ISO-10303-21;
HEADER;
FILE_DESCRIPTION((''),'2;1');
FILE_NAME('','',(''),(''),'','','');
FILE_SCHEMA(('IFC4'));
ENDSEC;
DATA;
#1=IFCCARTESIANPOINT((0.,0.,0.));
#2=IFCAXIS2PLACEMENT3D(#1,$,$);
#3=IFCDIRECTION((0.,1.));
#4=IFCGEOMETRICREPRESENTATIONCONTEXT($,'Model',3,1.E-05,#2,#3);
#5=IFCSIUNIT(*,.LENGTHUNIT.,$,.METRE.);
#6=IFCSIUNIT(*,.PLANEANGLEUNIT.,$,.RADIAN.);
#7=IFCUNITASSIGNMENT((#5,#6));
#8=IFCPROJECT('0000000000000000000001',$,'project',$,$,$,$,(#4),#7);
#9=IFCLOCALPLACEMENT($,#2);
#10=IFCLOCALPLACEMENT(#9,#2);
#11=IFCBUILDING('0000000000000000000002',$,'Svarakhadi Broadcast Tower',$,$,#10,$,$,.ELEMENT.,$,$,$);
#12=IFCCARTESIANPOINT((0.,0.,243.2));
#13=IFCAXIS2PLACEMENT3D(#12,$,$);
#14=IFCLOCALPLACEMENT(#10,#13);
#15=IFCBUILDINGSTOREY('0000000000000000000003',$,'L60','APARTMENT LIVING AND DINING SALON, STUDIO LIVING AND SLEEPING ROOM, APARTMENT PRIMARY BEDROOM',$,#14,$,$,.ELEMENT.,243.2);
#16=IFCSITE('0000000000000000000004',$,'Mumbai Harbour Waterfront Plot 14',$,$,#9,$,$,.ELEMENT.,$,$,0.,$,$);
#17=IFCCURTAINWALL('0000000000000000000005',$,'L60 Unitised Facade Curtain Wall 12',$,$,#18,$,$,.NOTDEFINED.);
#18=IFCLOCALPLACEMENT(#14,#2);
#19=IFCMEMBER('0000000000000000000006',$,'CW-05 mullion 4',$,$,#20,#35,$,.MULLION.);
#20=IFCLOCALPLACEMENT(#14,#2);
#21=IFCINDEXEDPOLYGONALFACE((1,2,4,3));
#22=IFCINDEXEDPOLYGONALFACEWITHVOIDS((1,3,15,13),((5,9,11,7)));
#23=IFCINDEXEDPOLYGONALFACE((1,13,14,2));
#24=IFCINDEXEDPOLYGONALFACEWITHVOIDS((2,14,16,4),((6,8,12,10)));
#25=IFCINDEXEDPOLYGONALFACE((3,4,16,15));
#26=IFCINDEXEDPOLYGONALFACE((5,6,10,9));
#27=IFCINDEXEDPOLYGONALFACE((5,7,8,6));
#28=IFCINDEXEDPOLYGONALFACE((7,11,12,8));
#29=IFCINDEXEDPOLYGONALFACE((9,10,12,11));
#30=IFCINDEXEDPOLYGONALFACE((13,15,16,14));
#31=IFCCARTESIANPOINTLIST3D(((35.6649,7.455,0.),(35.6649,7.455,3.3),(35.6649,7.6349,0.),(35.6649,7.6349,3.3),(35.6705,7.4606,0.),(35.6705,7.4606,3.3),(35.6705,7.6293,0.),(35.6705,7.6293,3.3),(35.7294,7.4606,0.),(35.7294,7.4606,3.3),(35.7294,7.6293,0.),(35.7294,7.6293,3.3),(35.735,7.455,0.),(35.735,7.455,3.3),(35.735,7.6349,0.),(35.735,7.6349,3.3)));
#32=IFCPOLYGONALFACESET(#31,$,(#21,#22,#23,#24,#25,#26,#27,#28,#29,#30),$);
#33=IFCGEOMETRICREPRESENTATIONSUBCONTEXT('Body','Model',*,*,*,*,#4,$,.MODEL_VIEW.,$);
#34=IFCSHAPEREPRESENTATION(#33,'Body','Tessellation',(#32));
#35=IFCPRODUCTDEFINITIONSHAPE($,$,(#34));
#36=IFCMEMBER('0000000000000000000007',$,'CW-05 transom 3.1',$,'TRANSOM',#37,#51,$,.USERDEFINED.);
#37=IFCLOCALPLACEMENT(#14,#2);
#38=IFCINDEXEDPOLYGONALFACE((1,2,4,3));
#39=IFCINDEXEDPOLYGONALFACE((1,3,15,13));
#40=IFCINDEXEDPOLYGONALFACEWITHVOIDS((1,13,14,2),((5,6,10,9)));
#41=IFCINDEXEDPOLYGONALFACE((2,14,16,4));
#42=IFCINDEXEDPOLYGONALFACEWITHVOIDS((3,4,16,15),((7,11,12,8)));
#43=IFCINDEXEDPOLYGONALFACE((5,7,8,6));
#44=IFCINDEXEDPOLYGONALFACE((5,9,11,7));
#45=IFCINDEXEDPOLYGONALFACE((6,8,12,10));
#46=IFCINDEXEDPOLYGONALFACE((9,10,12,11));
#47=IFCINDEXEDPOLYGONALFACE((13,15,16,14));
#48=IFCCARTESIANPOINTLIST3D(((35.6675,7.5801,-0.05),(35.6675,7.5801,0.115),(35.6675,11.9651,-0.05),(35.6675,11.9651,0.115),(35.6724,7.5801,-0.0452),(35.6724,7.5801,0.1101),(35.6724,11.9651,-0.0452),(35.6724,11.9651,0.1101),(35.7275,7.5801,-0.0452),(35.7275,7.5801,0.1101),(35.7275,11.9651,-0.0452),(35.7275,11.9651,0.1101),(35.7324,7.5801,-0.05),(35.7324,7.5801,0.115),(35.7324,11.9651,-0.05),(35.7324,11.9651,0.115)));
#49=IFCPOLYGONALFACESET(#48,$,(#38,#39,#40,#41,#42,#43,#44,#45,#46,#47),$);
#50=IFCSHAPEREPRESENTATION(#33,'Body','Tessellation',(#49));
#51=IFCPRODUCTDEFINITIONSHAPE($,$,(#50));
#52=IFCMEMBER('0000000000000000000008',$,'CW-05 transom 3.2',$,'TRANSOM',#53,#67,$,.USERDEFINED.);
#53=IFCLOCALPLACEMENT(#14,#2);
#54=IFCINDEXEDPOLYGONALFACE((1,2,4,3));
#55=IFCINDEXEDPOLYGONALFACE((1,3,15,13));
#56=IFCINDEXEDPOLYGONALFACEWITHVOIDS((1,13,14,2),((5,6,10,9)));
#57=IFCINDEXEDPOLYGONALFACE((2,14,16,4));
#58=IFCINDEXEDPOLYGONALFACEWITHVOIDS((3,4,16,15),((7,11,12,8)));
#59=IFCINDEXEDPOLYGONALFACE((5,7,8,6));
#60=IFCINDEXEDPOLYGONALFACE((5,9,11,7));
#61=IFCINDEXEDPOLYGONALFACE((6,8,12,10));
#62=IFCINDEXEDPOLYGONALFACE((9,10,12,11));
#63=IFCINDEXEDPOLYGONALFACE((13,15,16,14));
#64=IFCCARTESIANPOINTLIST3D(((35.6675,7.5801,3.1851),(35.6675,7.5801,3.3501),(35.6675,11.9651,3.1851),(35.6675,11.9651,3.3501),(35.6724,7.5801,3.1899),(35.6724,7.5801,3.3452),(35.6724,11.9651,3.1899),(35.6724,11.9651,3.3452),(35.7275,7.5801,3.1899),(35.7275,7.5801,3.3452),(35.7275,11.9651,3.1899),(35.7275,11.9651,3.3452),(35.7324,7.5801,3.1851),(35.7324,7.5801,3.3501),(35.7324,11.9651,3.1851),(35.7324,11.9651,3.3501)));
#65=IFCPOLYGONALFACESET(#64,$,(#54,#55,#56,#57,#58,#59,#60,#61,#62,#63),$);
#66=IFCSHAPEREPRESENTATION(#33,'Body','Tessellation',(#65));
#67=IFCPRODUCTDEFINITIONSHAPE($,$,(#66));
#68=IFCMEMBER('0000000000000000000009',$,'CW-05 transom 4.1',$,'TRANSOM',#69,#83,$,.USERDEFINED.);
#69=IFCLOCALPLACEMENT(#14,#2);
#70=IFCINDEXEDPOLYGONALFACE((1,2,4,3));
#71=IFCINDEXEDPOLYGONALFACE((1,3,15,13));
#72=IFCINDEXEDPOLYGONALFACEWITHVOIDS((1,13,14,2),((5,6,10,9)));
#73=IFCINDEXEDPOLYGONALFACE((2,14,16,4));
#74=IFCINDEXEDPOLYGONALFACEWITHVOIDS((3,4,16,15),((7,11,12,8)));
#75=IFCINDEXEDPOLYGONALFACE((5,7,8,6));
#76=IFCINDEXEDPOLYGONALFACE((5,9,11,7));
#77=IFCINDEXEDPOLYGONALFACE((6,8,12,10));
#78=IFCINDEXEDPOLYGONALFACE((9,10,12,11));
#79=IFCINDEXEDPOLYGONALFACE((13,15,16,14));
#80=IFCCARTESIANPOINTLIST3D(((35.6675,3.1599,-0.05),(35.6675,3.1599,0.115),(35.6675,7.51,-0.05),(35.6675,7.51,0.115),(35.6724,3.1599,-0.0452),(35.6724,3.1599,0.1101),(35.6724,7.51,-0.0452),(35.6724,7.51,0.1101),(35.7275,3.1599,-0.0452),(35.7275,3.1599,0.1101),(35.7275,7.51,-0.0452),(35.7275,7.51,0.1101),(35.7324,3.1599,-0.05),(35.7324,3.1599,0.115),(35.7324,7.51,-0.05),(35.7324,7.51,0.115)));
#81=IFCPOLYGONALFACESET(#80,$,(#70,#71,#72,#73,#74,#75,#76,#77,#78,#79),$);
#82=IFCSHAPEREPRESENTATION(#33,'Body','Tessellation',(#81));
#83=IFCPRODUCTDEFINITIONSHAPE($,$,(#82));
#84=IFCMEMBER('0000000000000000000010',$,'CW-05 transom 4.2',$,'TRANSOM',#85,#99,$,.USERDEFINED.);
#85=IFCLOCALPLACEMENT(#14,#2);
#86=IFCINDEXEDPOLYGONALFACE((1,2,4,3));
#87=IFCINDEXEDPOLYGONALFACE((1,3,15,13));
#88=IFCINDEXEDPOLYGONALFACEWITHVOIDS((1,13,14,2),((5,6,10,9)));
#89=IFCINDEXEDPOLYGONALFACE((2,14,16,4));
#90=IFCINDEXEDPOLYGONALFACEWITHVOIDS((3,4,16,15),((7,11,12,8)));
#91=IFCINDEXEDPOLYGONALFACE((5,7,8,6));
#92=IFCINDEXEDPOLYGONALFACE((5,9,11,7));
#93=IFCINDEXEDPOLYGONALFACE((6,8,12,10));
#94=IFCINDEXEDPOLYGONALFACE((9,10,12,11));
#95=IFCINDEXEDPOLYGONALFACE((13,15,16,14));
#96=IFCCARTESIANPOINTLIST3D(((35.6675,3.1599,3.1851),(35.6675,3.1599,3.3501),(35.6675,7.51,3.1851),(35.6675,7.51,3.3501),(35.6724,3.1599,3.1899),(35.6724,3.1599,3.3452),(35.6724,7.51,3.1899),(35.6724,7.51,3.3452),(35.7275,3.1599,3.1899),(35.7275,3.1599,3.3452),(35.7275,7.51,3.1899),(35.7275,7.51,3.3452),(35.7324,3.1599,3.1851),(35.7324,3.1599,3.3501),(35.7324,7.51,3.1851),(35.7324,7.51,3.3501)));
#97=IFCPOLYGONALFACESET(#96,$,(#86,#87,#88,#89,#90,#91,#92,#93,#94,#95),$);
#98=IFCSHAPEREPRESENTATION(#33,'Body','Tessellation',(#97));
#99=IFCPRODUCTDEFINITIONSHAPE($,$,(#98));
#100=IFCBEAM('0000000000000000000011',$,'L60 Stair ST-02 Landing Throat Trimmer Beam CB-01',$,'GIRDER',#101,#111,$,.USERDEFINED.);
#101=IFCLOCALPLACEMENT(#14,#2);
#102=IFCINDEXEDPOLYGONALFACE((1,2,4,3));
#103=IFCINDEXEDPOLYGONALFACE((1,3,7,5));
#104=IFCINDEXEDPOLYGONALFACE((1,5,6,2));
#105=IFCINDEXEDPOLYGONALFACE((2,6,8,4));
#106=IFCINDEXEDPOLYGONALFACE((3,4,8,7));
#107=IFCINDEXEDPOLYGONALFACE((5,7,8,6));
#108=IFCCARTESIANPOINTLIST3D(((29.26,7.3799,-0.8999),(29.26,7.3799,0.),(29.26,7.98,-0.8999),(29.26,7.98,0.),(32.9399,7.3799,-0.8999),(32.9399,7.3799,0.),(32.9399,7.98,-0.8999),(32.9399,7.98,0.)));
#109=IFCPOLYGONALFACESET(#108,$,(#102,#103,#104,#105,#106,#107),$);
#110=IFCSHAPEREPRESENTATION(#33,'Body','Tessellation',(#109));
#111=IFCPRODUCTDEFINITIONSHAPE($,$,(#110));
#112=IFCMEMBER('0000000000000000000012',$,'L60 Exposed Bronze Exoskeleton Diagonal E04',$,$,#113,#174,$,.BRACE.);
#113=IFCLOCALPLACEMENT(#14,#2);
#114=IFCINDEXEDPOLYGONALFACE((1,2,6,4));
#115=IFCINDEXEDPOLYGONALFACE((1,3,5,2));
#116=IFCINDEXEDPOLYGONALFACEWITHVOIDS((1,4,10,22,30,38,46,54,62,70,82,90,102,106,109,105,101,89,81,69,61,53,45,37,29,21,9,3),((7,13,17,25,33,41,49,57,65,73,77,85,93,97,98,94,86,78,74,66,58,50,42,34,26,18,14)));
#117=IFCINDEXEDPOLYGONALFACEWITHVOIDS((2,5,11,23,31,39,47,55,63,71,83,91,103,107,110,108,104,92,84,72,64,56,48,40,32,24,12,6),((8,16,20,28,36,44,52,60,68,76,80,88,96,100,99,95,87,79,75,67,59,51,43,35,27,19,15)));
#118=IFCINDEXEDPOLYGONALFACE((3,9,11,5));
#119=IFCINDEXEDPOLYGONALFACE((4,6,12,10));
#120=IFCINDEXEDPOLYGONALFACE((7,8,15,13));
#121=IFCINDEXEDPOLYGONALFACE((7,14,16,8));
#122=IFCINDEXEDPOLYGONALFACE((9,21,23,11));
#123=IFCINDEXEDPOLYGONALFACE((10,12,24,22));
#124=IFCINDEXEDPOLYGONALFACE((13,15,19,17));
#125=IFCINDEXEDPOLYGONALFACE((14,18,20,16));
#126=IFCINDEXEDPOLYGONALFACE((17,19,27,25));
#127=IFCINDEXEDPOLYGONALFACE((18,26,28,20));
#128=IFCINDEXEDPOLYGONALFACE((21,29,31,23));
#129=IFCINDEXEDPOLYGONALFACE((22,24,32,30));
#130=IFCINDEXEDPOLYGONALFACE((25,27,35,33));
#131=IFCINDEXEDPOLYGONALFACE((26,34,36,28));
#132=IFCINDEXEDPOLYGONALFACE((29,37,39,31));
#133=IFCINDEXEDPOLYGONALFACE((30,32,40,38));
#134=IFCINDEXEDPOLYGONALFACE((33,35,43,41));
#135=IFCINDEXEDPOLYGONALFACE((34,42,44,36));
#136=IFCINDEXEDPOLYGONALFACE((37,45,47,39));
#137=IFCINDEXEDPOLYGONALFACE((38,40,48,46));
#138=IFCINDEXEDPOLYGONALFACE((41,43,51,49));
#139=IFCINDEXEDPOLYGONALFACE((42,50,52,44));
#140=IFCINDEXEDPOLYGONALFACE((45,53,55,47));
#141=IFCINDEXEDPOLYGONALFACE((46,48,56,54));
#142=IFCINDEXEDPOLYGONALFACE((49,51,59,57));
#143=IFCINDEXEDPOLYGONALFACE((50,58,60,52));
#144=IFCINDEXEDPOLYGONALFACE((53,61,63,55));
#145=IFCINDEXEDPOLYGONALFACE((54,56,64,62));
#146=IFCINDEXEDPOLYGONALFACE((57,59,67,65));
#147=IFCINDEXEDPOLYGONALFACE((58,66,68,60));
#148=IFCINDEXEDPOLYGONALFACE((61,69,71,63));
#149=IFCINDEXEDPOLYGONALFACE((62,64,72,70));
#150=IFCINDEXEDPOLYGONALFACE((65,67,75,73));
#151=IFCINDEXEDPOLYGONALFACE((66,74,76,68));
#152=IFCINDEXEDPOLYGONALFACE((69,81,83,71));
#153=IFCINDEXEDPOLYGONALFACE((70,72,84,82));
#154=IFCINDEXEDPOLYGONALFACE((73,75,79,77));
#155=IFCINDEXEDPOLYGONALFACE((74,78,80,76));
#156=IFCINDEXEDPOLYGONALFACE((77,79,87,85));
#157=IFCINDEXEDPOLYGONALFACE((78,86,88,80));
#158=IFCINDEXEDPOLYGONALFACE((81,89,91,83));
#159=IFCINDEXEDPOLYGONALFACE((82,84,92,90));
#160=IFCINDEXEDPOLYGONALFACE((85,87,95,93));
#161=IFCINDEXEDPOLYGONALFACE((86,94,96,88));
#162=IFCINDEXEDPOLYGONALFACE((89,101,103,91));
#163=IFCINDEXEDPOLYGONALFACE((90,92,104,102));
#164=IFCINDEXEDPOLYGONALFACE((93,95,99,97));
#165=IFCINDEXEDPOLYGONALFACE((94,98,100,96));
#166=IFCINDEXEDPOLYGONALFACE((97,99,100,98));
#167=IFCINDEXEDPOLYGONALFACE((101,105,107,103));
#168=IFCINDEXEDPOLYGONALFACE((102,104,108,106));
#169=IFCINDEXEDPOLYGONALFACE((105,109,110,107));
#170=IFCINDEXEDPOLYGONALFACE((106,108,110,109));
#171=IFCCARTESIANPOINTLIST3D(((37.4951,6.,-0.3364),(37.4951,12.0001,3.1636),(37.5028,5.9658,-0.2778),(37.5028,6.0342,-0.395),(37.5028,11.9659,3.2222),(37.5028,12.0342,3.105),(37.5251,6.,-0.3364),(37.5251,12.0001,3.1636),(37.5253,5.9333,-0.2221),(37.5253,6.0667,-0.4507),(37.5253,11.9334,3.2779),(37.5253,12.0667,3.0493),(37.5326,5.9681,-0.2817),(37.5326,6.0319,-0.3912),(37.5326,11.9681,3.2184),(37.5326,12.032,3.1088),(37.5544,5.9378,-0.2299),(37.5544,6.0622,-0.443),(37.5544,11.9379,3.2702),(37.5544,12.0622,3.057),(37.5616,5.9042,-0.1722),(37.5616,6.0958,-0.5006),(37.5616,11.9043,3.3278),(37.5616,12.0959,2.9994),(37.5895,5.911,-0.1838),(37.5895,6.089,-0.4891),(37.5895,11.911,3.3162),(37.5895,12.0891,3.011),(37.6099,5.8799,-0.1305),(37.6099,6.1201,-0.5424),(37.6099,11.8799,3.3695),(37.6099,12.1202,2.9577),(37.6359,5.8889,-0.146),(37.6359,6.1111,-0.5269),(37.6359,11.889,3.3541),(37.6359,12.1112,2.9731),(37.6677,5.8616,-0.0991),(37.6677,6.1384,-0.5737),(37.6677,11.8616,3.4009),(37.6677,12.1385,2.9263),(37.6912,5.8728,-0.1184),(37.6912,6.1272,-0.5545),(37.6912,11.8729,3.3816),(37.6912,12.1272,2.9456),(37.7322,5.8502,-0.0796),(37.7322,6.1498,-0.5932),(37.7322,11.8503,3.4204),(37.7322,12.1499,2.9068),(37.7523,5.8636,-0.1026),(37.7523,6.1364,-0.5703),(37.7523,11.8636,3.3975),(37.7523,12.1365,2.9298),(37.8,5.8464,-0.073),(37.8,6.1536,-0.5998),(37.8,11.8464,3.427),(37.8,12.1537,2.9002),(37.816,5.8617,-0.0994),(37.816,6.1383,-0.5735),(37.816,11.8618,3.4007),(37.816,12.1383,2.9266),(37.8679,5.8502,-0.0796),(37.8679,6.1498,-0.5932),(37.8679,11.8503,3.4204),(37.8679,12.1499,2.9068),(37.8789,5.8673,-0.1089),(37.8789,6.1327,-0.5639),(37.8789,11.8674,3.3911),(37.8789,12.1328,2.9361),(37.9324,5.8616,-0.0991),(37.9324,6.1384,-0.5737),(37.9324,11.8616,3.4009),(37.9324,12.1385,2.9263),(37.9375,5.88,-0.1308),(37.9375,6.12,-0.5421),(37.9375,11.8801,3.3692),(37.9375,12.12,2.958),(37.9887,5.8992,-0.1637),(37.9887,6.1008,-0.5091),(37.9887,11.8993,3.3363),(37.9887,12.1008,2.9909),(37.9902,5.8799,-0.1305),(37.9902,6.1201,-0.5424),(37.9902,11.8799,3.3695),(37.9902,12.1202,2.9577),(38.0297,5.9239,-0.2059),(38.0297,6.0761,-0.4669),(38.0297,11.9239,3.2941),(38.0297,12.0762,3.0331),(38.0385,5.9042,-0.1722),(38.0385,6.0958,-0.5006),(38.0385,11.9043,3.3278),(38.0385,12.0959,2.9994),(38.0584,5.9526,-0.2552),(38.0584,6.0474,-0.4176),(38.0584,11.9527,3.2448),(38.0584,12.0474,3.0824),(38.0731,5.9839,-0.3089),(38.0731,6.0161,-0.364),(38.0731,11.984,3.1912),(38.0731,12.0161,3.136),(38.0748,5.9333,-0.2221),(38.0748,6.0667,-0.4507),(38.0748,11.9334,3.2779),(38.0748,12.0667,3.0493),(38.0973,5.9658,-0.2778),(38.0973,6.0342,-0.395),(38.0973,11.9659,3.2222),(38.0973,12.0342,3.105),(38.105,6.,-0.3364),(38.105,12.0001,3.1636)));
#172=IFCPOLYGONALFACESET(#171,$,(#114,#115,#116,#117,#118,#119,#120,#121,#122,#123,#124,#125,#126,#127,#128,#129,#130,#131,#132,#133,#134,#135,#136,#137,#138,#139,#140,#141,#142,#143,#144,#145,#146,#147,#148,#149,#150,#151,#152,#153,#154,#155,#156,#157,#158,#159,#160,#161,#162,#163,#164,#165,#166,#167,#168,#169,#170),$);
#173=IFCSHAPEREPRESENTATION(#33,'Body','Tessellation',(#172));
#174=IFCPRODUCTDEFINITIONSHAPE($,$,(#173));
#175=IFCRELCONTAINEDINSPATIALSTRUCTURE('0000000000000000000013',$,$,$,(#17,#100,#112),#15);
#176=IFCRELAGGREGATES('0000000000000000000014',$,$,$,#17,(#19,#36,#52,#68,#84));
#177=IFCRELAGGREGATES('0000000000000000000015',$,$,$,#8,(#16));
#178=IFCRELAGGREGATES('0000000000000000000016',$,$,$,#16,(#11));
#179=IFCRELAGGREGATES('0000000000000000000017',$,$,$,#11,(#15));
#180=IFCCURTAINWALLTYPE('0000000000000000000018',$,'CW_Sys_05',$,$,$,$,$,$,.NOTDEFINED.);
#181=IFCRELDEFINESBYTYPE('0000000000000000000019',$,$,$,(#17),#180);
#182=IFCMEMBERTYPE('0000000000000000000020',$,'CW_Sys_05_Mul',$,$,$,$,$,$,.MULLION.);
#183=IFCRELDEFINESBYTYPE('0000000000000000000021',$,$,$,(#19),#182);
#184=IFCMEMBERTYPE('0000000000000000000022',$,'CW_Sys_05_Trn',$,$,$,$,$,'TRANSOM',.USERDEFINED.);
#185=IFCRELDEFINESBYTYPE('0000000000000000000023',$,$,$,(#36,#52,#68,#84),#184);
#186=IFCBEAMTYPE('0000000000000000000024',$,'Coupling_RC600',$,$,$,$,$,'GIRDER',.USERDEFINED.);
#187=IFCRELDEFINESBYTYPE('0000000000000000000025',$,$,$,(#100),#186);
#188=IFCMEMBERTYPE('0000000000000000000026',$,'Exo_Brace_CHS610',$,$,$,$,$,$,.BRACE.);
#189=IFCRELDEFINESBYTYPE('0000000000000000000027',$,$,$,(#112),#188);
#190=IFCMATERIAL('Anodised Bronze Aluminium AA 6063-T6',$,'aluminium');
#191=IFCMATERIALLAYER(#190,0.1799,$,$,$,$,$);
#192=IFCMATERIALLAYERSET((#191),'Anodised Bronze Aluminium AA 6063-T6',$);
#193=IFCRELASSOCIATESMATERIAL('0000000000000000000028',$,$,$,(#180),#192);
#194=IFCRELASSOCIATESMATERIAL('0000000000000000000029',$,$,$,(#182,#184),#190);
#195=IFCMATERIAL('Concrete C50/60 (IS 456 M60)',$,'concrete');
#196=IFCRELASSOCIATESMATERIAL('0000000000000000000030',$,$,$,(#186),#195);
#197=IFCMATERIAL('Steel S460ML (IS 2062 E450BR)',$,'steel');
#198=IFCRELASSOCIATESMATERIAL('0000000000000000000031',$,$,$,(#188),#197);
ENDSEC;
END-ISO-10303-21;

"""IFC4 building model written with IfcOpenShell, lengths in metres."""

from ifc_helpers import new_model, si_unit, direction, frame, origin, origin_2d, place, context, subcontext, project, spatial, rectangle, hollow_rectangle, hollow_circle, extrude, material, layer, layer_set, material_profile, profile_set, type_object, element, aggregate, save


model = new_model("IFC4")

# Units and contexts
model_context = context("Model", 3, precision=1e-05, world=origin(), true_north=direction((0.0, 1.0)))
body_context = subcontext(model_context, "Body", "Model", "MODEL_VIEW")
ifc_project = project(units=[si_unit("LENGTHUNIT", "METRE"), si_unit("PLANEANGLEUNIT", "RADIAN")], contexts=[model_context])

# Site, building, storey
site_placement = place(None, origin())
site = spatial("IfcSite", under=ifc_project, at=site_placement, Name="Mumbai Harbour Waterfront Plot 14", CompositionType="ELEMENT", RefElevation=0.0)
building_placement = place(site_placement, origin())
building = spatial("IfcBuilding", under=site, at=building_placement, Name="Svarakhadi Broadcast Tower", CompositionType="ELEMENT")
storey_placement = place(building_placement, frame((0.0, 0.0, 243.2)))
storey = spatial("IfcBuildingStorey", under=building, at=storey_placement, Name="L60", Description="APARTMENT LIVING AND DINING SALON, STUDIO LIVING AND SLEEPING ROOM, APARTMENT PRIMARY BEDROOM", CompositionType="ELEMENT", Elevation=243.2)

# Curtain wall, members
ifc_material_1 = material(Name="Anodised Bronze Aluminium AA 6063-T6", Category="aluminium")
ifc_layer_1 = layer(ifc_material_1, 0.1799)
ifc_layer_set_1 = layer_set([ifc_layer_1], Name="Anodised Bronze Aluminium AA 6063-T6")
curtain_wall_type = type_object("IfcCurtainWallType", Name="CW_Sys_05", PredefinedType="NOTDEFINED", material=ifc_layer_set_1)
curtain_wall_placement = place(storey_placement, origin())
curtain_wall = element("IfcCurtainWall", 1, at=curtain_wall_placement, inside=storey, type_object=curtain_wall_type, Name="L60 Unitised Facade Curtain Wall 12", PredefinedType="NOTDEFINED")
ifc_material_profile_1 = material_profile(ifc_material_1, hollow_rectangle(XDim=0.0701, YDim=0.1799, WallThickness=0.0056, at=origin_2d()), Name="ALU MULLION 180x70x6")
ifc_profile_set_1 = profile_set([ifc_material_profile_1], Name="Anodised Bronze Aluminium AA 6063-T6")
member_type_1 = type_object("IfcMemberType", Name="CW_Sys_05_Mul", PredefinedType="MULLION", material=ifc_profile_set_1)
member_1_placement = place(storey_placement, frame((35.7, 7.5449, 0.0), z_axis=(0.0, 0.0, 1.0), x_axis=(1.0, 0.0, 0.0)))
member_1 = element("IfcMember", 2, at=member_1_placement, type_object=member_type_1, Name="CW-05 mullion 4", PredefinedType="MULLION", context=body_context, shape_type="SweptSolid", body=[
    extrude(hollow_rectangle(XDim=0.0701, YDim=0.1799, WallThickness=0.0056, at=origin_2d()), origin(), (0.0, 0.0, 1.0), 3.3),
])
ifc_material_profile_2 = material_profile(ifc_material_1, hollow_rectangle(XDim=0.0649, YDim=0.165, WallThickness=0.0049, at=origin_2d()), Name="ALU TRANSOM 165x65x5")
ifc_profile_set_2 = profile_set([ifc_material_profile_2], Name="Anodised Bronze Aluminium AA 6063-T6")
member_type_2 = type_object("IfcMemberType", Name="CW_Sys_05_Trn", ElementType="TRANSOM", PredefinedType="USERDEFINED", material=ifc_profile_set_2)
member_2_placement = place(storey_placement, frame((35.7, 11.9651, 0.0325), z_axis=(0.0, -1.0, 0.0), x_axis=(1.0, 0.0, 0.0)))
member_2 = element("IfcMember", 3, at=member_2_placement, type_object=member_type_2, Name="CW-05 transom 3.1", ObjectType="TRANSOM", PredefinedType="USERDEFINED", context=body_context, shape_type="SweptSolid", body=[
    extrude(hollow_rectangle(XDim=0.0649, YDim=0.165, WallThickness=0.0049, at=origin_2d()), origin(), (0.0, 0.0, 1.0), 4.385),
])
member_3_placement = place(storey_placement, frame((35.7, 11.9651, 3.2676), z_axis=(0.0, -1.0, 0.0), x_axis=(1.0, 0.0, 0.0)))
member_3 = element("IfcMember", 4, at=member_3_placement, type_object=member_type_2, Name="CW-05 transom 3.2", ObjectType="TRANSOM", PredefinedType="USERDEFINED", context=body_context, shape_type="SweptSolid", body=[
    extrude(hollow_rectangle(XDim=0.0649, YDim=0.165, WallThickness=0.0049, at=origin_2d()), origin(), (0.0, 0.0, 1.0), 4.385),
])
member_4_placement = place(storey_placement, frame((35.7, 7.51, 0.0325), z_axis=(0.0, -1.0, 0.0), x_axis=(1.0, 0.0, 0.0)))
member_4 = element("IfcMember", 5, at=member_4_placement, type_object=member_type_2, Name="CW-05 transom 4.1", ObjectType="TRANSOM", PredefinedType="USERDEFINED", context=body_context, shape_type="SweptSolid", body=[
    extrude(hollow_rectangle(XDim=0.0649, YDim=0.165, WallThickness=0.0049, at=origin_2d()), origin(), (0.0, 0.0, 1.0), 4.3501),
])
member_5_placement = place(storey_placement, frame((35.7, 7.51, 3.2676), z_axis=(0.0, -1.0, 0.0), x_axis=(1.0, 0.0, 0.0)))
member_5 = element("IfcMember", 6, at=member_5_placement, type_object=member_type_2, Name="CW-05 transom 4.2", ObjectType="TRANSOM", PredefinedType="USERDEFINED", context=body_context, shape_type="SweptSolid", body=[
    extrude(hollow_rectangle(XDim=0.0649, YDim=0.165, WallThickness=0.0049, at=origin_2d()), origin(), (0.0, 0.0, 1.0), 4.3501),
])

# Beam
ifc_material_2 = material(Name="Concrete C50/60 (IS 456 M60)", Category="concrete")
ifc_material_profile_3 = material_profile(ifc_material_2, rectangle(XDim=0.6001, YDim=0.8999, at=origin_2d()), Name="RC 600x900")
ifc_profile_set_3 = profile_set([ifc_material_profile_3], Name="Concrete C50/60 (IS 456 M60)")
beam_type = type_object("IfcBeamType", Name="Coupling_RC600", ElementType="GIRDER", PredefinedType="USERDEFINED", material=ifc_profile_set_3)
beam_placement = place(storey_placement, frame((29.26, 7.6799, -0.45), z_axis=(1.0, 0.0, 0.0), x_axis=(0.0, 1.0, 0.0)))
element("IfcBeam", 7, at=beam_placement, inside=storey, type_object=beam_type, Name="L60 Stair ST-02 Landing Throat Trimmer Beam CB-01", ObjectType="GIRDER", PredefinedType="USERDEFINED", context=body_context, shape_type="SweptSolid", body=[
    extrude(rectangle(XDim=0.6001, YDim=0.8999, at=origin_2d()), origin(), (0.0, 0.0, 1.0), 3.6799),
])

# Member
ifc_material_3 = material(Name="Steel S460ML (IS 2062 E450BR)", Category="steel")
ifc_material_profile_4 = material_profile(ifc_material_3, hollow_circle(Radius=0.3049, WallThickness=0.03, at=origin_2d()), Name="CHS 610x30")
ifc_profile_set_4 = profile_set([ifc_material_profile_4], Name="Steel S460ML (IS 2062 E450BR)")
member_type_3 = type_object("IfcMemberType", Name="Exo_Brace_CHS610", PredefinedType="BRACE", material=ifc_profile_set_4)
member_6_placement = place(storey_placement, frame((37.8, 6.0, -0.3364), z_axis=(0.0, 0.863779, 0.503871), x_axis=(-1.0, 0.0, 0.0)))
element("IfcMember", 8, at=member_6_placement, inside=storey, type_object=member_type_3, Name="L60 Exposed Bronze Exoskeleton Diagonal E04", PredefinedType="BRACE", context=body_context, shape_type="SweptSolid", body=[
    extrude(hollow_circle(Radius=0.3049, WallThickness=0.03, at=origin_2d()), origin(), (0.0, 0.0, 1.0), 6.9463),
])

aggregate(curtain_wall, [member_1, member_2, member_3, member_4, member_5])

save(model, "model.ifc")
